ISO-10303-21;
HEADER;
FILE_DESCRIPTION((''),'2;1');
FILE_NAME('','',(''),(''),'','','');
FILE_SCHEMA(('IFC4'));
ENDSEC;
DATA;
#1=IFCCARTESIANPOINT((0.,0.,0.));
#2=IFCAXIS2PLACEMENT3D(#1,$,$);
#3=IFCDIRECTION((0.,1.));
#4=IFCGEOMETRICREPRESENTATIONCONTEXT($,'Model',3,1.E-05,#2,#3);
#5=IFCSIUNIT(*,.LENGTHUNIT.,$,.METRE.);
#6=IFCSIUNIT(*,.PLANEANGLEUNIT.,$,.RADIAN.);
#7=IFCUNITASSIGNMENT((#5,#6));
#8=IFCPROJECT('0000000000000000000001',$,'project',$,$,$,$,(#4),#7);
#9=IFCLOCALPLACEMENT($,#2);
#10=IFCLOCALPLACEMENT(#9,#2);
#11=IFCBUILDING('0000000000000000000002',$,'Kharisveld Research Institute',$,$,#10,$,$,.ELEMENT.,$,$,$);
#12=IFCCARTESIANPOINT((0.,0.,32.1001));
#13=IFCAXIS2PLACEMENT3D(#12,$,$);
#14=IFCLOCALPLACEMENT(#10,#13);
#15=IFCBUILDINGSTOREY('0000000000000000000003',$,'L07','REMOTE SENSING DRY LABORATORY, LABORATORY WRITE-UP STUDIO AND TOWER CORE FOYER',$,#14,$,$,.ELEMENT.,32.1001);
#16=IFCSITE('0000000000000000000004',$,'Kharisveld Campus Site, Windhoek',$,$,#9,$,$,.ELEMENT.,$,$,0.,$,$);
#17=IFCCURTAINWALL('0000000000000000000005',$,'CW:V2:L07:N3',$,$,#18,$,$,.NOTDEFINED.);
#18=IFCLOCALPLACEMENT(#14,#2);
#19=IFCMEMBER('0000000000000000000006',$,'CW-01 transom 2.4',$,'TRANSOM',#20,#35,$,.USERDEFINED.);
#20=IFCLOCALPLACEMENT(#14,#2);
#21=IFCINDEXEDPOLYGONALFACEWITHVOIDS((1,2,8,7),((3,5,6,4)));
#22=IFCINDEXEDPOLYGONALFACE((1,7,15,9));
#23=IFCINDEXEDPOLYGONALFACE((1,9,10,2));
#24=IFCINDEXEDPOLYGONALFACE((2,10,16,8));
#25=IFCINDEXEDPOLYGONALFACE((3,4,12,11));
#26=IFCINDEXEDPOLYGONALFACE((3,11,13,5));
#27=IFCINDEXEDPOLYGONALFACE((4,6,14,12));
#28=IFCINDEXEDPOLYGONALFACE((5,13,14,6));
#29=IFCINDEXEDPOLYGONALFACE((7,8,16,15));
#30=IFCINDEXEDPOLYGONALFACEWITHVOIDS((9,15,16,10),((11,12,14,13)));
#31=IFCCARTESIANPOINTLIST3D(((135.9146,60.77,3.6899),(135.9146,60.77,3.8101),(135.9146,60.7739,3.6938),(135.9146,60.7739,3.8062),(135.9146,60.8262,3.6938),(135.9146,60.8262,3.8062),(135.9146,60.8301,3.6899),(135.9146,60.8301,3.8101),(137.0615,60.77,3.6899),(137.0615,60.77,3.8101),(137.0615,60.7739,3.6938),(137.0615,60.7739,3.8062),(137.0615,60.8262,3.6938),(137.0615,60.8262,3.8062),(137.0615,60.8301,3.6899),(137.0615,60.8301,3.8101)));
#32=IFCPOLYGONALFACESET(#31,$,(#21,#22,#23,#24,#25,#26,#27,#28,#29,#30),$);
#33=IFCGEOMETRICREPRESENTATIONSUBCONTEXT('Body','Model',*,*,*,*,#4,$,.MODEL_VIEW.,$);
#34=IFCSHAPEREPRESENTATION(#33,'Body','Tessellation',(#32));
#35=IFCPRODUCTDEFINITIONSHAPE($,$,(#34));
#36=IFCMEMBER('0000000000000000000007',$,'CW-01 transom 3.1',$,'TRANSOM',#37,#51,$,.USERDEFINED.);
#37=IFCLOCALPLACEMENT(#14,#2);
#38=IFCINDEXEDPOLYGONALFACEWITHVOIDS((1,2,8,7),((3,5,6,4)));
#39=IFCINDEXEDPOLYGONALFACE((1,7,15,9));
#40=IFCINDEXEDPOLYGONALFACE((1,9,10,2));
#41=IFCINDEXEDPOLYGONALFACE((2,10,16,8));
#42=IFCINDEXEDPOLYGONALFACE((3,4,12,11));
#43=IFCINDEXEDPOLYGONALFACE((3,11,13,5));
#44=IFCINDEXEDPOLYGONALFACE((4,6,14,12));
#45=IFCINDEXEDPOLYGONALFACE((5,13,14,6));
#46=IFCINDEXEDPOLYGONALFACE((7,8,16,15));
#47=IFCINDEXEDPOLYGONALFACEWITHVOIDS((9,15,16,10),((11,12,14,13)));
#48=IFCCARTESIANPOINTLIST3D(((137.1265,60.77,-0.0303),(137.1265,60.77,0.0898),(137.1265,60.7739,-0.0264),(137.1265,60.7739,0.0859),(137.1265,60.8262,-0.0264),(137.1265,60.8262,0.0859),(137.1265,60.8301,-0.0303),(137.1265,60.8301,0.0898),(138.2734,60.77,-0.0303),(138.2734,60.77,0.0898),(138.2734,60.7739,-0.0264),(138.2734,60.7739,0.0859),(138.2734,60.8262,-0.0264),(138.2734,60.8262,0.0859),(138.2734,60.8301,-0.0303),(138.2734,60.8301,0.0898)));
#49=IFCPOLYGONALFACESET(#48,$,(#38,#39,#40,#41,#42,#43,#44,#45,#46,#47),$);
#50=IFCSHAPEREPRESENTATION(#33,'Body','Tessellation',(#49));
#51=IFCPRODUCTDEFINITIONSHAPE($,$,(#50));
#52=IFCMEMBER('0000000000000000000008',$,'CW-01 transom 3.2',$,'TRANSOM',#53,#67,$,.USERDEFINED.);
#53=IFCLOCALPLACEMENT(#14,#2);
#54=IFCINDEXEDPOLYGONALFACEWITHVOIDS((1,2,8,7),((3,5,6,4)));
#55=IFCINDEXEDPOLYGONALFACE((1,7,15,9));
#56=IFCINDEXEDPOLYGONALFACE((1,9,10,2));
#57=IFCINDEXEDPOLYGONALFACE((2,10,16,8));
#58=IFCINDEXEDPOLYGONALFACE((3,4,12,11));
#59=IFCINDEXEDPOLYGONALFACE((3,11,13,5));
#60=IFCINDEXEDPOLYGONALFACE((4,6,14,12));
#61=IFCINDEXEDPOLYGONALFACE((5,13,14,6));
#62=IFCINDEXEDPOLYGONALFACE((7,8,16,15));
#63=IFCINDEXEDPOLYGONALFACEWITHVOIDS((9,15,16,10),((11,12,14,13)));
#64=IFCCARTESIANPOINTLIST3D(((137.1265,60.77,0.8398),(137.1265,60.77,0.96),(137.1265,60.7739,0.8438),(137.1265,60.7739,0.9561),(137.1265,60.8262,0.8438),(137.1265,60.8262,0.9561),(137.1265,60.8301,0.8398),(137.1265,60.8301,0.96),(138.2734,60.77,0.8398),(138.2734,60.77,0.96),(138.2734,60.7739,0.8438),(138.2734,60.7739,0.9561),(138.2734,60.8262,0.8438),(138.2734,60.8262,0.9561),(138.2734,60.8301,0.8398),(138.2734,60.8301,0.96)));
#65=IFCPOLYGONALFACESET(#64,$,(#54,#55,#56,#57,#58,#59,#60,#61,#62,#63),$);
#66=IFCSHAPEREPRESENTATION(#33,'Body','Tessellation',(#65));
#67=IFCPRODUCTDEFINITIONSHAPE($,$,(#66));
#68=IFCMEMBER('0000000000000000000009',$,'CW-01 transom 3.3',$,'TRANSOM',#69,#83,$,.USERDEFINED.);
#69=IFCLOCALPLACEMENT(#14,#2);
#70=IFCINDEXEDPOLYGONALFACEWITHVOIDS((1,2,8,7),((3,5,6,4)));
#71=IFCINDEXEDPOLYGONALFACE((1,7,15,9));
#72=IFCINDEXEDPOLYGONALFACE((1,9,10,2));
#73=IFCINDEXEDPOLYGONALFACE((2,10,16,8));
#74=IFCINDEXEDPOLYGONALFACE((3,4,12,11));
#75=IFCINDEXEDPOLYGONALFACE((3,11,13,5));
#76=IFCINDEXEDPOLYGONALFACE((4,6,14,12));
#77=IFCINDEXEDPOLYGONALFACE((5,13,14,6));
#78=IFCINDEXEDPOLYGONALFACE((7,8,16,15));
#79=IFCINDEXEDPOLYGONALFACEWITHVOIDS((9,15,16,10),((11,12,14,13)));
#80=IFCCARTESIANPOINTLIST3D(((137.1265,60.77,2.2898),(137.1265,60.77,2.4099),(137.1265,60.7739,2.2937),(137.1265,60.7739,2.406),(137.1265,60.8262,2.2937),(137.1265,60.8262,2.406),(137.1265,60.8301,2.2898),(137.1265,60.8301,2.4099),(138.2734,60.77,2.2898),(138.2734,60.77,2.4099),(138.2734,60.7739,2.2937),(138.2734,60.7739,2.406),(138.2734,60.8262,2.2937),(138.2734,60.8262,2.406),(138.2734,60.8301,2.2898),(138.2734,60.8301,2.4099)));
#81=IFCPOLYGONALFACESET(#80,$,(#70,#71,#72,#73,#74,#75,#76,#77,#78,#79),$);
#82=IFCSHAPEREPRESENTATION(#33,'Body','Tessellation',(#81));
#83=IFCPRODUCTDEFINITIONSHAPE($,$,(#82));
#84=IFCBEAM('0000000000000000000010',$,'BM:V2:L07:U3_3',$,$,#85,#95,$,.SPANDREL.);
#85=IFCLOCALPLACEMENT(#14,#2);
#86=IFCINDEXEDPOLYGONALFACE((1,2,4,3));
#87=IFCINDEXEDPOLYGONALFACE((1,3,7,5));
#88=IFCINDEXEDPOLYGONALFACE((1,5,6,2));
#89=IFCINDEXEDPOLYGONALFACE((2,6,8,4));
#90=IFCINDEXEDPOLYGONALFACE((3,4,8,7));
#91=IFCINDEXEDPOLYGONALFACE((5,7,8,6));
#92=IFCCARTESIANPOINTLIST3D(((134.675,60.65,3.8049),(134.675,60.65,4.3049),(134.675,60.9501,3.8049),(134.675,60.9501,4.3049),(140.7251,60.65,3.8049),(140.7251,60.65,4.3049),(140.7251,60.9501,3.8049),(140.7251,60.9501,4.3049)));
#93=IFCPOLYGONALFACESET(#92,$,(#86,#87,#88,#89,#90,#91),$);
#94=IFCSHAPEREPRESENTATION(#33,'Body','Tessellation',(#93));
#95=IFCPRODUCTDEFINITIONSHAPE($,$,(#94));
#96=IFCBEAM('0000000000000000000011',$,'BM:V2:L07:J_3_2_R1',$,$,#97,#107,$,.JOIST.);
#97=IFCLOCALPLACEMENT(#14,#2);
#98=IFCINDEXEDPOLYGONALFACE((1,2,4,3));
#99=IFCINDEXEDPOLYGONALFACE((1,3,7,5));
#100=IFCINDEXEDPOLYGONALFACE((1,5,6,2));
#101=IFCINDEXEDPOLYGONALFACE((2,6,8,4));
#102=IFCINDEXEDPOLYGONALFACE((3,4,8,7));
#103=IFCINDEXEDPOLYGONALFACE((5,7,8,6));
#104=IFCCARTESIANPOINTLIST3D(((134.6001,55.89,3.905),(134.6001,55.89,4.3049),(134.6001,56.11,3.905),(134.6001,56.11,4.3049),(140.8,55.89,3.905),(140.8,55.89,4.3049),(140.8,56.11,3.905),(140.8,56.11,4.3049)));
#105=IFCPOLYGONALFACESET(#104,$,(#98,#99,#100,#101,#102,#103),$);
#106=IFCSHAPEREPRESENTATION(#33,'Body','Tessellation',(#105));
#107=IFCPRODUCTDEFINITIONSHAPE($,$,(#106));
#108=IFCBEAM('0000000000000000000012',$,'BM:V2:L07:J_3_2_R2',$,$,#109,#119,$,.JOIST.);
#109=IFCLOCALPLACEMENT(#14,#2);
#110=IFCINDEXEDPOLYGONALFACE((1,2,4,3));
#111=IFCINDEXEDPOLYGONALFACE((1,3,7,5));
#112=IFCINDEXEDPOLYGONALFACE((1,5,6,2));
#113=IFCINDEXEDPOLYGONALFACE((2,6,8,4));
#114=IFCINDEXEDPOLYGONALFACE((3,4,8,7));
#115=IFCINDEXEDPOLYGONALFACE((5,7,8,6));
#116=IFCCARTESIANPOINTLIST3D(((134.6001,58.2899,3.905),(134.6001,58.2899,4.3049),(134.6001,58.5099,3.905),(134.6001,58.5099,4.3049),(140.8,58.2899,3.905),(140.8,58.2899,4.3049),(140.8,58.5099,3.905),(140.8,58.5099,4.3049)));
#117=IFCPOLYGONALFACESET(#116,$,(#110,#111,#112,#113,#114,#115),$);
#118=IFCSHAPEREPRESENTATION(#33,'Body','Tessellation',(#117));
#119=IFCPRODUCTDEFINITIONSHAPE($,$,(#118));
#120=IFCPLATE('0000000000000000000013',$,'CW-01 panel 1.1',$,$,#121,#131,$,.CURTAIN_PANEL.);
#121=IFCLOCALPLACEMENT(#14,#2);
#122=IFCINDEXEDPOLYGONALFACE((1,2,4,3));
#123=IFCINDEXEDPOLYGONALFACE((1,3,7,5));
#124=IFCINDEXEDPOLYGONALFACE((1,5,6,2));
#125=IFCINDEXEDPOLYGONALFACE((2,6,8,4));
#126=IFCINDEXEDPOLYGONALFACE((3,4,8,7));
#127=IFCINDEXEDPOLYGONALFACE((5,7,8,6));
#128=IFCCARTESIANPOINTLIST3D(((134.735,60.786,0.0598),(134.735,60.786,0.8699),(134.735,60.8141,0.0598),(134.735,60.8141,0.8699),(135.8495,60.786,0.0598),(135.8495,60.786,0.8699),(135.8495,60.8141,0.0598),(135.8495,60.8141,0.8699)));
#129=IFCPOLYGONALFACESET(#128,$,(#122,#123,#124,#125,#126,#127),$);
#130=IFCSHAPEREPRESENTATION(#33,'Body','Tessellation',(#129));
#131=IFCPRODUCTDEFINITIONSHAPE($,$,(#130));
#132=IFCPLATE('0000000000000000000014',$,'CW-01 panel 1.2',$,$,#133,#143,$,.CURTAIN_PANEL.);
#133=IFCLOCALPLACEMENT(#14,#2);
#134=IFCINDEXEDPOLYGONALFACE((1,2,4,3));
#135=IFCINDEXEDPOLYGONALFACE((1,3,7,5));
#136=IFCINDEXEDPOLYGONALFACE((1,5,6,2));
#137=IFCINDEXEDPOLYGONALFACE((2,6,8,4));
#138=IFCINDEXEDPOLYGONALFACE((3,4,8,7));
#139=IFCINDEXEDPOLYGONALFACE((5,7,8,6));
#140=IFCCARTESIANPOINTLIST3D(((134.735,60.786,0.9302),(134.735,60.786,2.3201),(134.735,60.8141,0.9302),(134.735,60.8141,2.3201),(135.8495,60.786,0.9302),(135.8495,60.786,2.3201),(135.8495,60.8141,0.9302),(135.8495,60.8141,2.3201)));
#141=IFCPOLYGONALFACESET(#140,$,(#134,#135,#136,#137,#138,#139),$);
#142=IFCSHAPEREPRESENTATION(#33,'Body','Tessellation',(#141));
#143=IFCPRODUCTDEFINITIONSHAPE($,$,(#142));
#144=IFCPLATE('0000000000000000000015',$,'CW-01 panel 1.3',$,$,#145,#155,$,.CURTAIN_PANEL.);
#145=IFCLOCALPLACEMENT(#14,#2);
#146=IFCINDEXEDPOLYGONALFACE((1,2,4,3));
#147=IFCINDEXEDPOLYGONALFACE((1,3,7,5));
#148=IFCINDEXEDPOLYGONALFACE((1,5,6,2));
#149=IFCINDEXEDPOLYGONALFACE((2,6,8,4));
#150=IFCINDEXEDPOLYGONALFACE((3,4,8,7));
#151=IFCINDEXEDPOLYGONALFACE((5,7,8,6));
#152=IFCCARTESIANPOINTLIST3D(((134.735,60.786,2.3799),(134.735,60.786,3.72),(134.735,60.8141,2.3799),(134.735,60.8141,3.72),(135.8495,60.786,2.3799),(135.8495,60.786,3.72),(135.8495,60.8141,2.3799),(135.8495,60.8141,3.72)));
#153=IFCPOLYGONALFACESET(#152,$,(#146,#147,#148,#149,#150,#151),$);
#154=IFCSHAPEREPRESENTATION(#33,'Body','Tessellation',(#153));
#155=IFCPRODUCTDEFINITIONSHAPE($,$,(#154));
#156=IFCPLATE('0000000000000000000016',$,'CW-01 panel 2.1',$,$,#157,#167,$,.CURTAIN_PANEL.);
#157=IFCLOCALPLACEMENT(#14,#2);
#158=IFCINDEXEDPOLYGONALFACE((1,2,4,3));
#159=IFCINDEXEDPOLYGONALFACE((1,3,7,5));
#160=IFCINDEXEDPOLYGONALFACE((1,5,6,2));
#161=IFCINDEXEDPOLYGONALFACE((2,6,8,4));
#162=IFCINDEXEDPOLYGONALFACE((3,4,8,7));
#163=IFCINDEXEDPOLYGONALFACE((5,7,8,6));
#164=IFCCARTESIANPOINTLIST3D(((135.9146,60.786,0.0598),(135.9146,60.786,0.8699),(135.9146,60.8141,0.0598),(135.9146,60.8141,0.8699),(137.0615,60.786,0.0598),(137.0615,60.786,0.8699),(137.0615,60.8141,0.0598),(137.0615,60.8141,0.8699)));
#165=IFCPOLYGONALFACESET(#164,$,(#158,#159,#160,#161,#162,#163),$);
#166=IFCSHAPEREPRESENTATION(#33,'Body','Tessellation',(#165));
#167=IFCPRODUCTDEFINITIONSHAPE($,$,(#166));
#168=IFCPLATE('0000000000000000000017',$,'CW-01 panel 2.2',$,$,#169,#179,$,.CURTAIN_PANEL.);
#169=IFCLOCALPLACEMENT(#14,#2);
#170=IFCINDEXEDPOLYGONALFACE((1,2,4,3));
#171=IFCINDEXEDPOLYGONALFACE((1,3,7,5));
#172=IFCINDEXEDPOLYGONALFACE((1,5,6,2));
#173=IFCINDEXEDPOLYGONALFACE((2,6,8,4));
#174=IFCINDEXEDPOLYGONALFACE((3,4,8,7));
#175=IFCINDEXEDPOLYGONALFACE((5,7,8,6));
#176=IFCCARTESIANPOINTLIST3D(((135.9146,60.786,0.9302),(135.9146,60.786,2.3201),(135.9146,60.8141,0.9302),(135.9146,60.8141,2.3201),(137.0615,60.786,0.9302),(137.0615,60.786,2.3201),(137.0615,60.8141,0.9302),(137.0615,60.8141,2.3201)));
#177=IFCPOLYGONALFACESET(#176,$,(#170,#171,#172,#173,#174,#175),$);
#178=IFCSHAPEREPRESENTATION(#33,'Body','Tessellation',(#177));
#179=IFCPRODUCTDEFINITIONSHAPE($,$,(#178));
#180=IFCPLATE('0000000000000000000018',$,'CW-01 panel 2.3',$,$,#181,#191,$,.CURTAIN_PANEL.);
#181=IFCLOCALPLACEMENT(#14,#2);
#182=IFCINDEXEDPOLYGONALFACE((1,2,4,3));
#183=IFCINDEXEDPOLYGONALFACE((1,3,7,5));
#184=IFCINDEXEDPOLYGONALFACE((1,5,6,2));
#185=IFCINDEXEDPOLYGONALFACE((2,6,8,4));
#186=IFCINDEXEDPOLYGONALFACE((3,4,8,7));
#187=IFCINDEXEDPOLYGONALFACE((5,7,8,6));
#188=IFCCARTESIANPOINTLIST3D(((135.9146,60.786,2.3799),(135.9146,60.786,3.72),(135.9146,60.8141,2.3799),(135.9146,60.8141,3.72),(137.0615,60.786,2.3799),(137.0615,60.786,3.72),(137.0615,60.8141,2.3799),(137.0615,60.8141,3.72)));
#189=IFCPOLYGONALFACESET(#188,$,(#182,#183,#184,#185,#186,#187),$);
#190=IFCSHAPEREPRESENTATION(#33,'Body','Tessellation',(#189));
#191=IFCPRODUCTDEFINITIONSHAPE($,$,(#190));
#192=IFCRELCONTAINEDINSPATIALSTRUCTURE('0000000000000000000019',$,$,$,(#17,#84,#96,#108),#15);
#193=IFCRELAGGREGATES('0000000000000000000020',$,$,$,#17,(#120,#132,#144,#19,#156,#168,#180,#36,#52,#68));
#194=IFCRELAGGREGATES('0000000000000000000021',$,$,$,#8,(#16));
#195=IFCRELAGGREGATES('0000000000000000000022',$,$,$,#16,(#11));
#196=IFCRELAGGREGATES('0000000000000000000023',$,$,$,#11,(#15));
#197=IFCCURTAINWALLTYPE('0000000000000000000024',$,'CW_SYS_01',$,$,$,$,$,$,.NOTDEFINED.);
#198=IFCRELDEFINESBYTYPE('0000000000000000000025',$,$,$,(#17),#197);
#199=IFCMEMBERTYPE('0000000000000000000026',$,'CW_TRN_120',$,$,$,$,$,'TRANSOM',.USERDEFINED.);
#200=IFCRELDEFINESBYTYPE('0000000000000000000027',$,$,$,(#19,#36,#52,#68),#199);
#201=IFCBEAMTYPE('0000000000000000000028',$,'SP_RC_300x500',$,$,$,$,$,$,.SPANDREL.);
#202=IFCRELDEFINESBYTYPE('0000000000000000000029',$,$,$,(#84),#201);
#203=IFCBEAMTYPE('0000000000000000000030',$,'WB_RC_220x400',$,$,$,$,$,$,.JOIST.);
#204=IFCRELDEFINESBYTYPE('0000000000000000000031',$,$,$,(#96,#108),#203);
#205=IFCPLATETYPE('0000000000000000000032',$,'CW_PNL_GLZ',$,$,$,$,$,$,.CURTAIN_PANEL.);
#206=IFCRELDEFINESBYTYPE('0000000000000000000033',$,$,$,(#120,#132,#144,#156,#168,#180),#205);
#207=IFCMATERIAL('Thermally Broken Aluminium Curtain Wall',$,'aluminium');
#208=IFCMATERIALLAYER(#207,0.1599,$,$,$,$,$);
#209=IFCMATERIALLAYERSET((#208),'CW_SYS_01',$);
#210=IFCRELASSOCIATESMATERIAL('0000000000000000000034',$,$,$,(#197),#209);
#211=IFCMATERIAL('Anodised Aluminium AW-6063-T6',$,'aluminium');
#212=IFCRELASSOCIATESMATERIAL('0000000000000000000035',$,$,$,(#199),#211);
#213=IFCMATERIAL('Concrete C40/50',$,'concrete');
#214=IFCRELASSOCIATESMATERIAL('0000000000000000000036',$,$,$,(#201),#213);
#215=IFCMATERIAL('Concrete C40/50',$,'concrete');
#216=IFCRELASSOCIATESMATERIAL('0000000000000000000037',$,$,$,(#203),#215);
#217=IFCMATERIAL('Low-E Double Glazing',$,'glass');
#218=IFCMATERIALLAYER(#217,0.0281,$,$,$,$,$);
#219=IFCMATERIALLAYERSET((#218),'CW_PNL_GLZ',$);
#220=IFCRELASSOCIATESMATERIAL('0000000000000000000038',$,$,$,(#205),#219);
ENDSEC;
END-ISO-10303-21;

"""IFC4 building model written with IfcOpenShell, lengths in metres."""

from ifc_helpers import new_model, si_unit, direction, frame, origin, origin_2d, place, context, subcontext, project, spatial, rectangle, hollow_rectangle, extrude, material, layer, layer_set, material_profile, profile_set, type_object, element, aggregate, save


model = new_model("IFC4")

# Units and contexts
model_context = context("Model", 3, precision=1e-05, world=origin(), true_north=direction((0.0, 1.0)))
body_context = subcontext(model_context, "Body", "Model", "MODEL_VIEW")
ifc_project = project(units=[si_unit("LENGTHUNIT", "METRE"), si_unit("PLANEANGLEUNIT", "RADIAN")], contexts=[model_context])

# Site, building, storey
site_placement = place(None, origin())
site = spatial("IfcSite", under=ifc_project, at=site_placement, Name="Kharisveld Campus Site, Windhoek", CompositionType="ELEMENT", RefElevation=0.0)
building_placement = place(site_placement, origin())
building = spatial("IfcBuilding", under=site, at=building_placement, Name="Kharisveld Research Institute", CompositionType="ELEMENT")
storey_placement = place(building_placement, frame((0.0, 0.0, 32.1001)))
storey = spatial("IfcBuildingStorey", under=building, at=storey_placement, Name="L07", Description="REMOTE SENSING DRY LABORATORY, LABORATORY WRITE-UP STUDIO AND TOWER CORE FOYER", CompositionType="ELEMENT", Elevation=32.1001)

# Curtain wall, members
ifc_material_1 = material(Name="Thermally Broken Aluminium Curtain Wall", Category="aluminium")
ifc_layer_1 = layer(ifc_material_1, 0.1599)
ifc_layer_set_1 = layer_set([ifc_layer_1], Name="CW_SYS_01")
curtain_wall_type = type_object("IfcCurtainWallType", Name="CW_SYS_01", PredefinedType="NOTDEFINED", material=ifc_layer_set_1)
curtain_wall_placement = place(storey_placement, origin())
curtain_wall = element("IfcCurtainWall", 1, at=curtain_wall_placement, inside=storey, type_object=curtain_wall_type, Name="CW:V2:L07:N3", PredefinedType="NOTDEFINED")
ifc_material_2 = material(Name="Anodised Aluminium AW-6063-T6", Category="aluminium")
ifc_material_profile_1 = material_profile(ifc_material_2, hollow_rectangle(XDim=0.0601, YDim=0.1201, WallThickness=0.0039, at=origin_2d()))
ifc_profile_set_1 = profile_set([ifc_material_profile_1], Name="Anodised Aluminium AW-6063-T6")
member_type_1 = type_object("IfcMemberType", Name="CW_TRN_120", ElementType="TRANSOM", PredefinedType="USERDEFINED", material=ifc_profile_set_1)
member_1_placement = place(storey_placement, frame((135.9146, 60.8, 3.75), z_axis=(1.0, 0.0, 0.0), x_axis=(0.0, 1.0, 0.0)))
member_1 = element("IfcMember", 2, at=member_1_placement, type_object=member_type_1, Name="CW-01 transom 2.4", ObjectType="TRANSOM", PredefinedType="USERDEFINED", context=body_context, shape_type="SweptSolid", body=[
    extrude(hollow_rectangle(XDim=0.0601, YDim=0.1201, WallThickness=0.0039, at=origin_2d()), origin(), (0.0, 0.0, 1.0), 1.147),
])
member_2_placement = place(storey_placement, frame((137.1265, 60.8, 0.0298), z_axis=(1.0, 0.0, 0.0), x_axis=(0.0, 1.0, 0.0)))
member_2 = element("IfcMember", 3, at=member_2_placement, type_object=member_type_1, Name="CW-01 transom 3.1", ObjectType="TRANSOM", PredefinedType="USERDEFINED", context=body_context, shape_type="SweptSolid", body=[
    extrude(hollow_rectangle(XDim=0.0601, YDim=0.1201, WallThickness=0.0039, at=origin_2d()), origin(), (0.0, 0.0, 1.0), 1.147),
])
member_3_placement = place(storey_placement, frame((137.1265, 60.8, 0.8999), z_axis=(1.0, 0.0, 0.0), x_axis=(0.0, 1.0, 0.0)))
member_3 = element("IfcMember", 4, at=member_3_placement, type_object=member_type_1, Name="CW-01 transom 3.2", ObjectType="TRANSOM", PredefinedType="USERDEFINED", context=body_context, shape_type="SweptSolid", body=[
    extrude(hollow_rectangle(XDim=0.0601, YDim=0.1201, WallThickness=0.0039, at=origin_2d()), origin(), (0.0, 0.0, 1.0), 1.147),
])
member_4_placement = place(storey_placement, frame((137.1265, 60.8, 2.3499), z_axis=(1.0, 0.0, 0.0), x_axis=(0.0, 1.0, 0.0)))
member_4 = element("IfcMember", 5, at=member_4_placement, type_object=member_type_1, Name="CW-01 transom 3.3", ObjectType="TRANSOM", PredefinedType="USERDEFINED", context=body_context, shape_type="SweptSolid", body=[
    extrude(hollow_rectangle(XDim=0.0601, YDim=0.1201, WallThickness=0.0039, at=origin_2d()), origin(), (0.0, 0.0, 1.0), 1.147),
])

# Beams
ifc_material_3 = material(Name="Concrete C40/50", Category="concrete")
ifc_material_profile_2 = material_profile(ifc_material_3, rectangle(XDim=0.3, YDim=0.5, at=origin_2d()))
ifc_profile_set_2 = profile_set([ifc_material_profile_2], Name="Concrete C40/50")
beam_type_1 = type_object("IfcBeamType", Name="SP_RC_300x500", PredefinedType="SPANDREL", material=ifc_profile_set_2)
beam_placement = place(storey_placement, frame((134.675, 60.8, 4.0549), z_axis=(1.0, 0.0, 0.0), x_axis=(0.0, 1.0, 0.0)))
element("IfcBeam", 6, at=beam_placement, inside=storey, type_object=beam_type_1, Name="BM:V2:L07:U3_3", PredefinedType="SPANDREL", context=body_context, shape_type="SweptSolid", body=[
    extrude(rectangle(XDim=0.3, YDim=0.5, at=origin_2d()), origin(), (0.0, 0.0, 1.0), 6.05),
])
ifc_material_4 = material(Name="Concrete C40/50", Category="concrete")
ifc_material_profile_3 = material_profile(ifc_material_4, rectangle(XDim=0.22, YDim=0.3999, at=origin_2d()))
ifc_profile_set_3 = profile_set([ifc_material_profile_3], Name="Concrete C40/50")
beam_type_2 = type_object("IfcBeamType", Name="WB_RC_220x400", PredefinedType="JOIST", material=ifc_profile_set_3)
for number, where, z_axis, x_axis, name in (
    (7, (134.6001, 56.0, 4.105), (1.0, 0.0, 0.0), (0.0, 1.0, 0.0), "BM:V2:L07:J_3_2_R1"),
    (8, (134.6001, 58.3999, 4.105), (1.0, 0.0, 0.0), (0.0, 1.0, 0.0), "BM:V2:L07:J_3_2_R2"),
):
    element("IfcBeam", number, at=place(storey_placement, frame(where, z_axis=z_axis, x_axis=x_axis)), inside=storey, type_object=beam_type_2, Name=name, PredefinedType="JOIST", context=body_context, shape_type="SweptSolid", body=[
        extrude(rectangle(XDim=0.22, YDim=0.3999, at=origin_2d()), origin(), (0.0, 0.0, 1.0), 6.2),
    ])

# Plates
ifc_material_5 = material(Name="Low-E Double Glazing", Category="glass")
ifc_layer_2 = layer(ifc_material_5, 0.0281)
ifc_layer_set_2 = layer_set([ifc_layer_2], Name="CW_PNL_GLZ")
plate_type = type_object("IfcPlateType", Name="CW_PNL_GLZ", PredefinedType="CURTAIN_PANEL", material=ifc_layer_set_2)
plate_1_placement = place(storey_placement, frame((135.2922, 60.8, 0.0598), z_axis=(0.0, 0.0, 1.0), x_axis=(1.0, 0.0, 0.0)))
plate_1 = element("IfcPlate", 9, at=plate_1_placement, type_object=plate_type, Name="CW-01 panel 1.1", PredefinedType="CURTAIN_PANEL", context=body_context, shape_type="SweptSolid", body=[
    extrude(rectangle(XDim=1.1145, YDim=0.0281, at=origin_2d()), origin(), (0.0, 0.0, 1.0), 0.8101),
])
plate_2_placement = place(storey_placement, frame((135.2922, 60.8, 0.9302), z_axis=(0.0, 0.0, 1.0), x_axis=(1.0, 0.0, 0.0)))
plate_2 = element("IfcPlate", 10, at=plate_2_placement, type_object=plate_type, Name="CW-01 panel 1.2", PredefinedType="CURTAIN_PANEL", context=body_context, shape_type="SweptSolid", body=[
    extrude(rectangle(XDim=1.1145, YDim=0.0281, at=origin_2d()), origin(), (0.0, 0.0, 1.0), 1.3899),
])
plate_3_placement = place(storey_placement, frame((135.2922, 60.8, 2.3799), z_axis=(0.0, 0.0, 1.0), x_axis=(1.0, 0.0, 0.0)))
plate_3 = element("IfcPlate", 11, at=plate_3_placement, type_object=plate_type, Name="CW-01 panel 1.3", PredefinedType="CURTAIN_PANEL", context=body_context, shape_type="SweptSolid", body=[
    extrude(rectangle(XDim=1.1145, YDim=0.0281, at=origin_2d()), origin(), (0.0, 0.0, 1.0), 1.3401),
])
plate_4_placement = place(storey_placement, frame((136.488, 60.8, 0.0598), z_axis=(0.0, 0.0, 1.0), x_axis=(1.0, 0.0, 0.0)))
plate_4 = element("IfcPlate", 12, at=plate_4_placement, type_object=plate_type, Name="CW-01 panel 2.1", PredefinedType="CURTAIN_PANEL", context=body_context, shape_type="SweptSolid", body=[
    extrude(rectangle(XDim=1.147, YDim=0.0281, at=origin_2d()), origin(), (0.0, 0.0, 1.0), 0.8101),
])
plate_5_placement = place(storey_placement, frame((136.488, 60.8, 0.9302), z_axis=(0.0, 0.0, 1.0), x_axis=(1.0, 0.0, 0.0)))
plate_5 = element("IfcPlate", 13, at=plate_5_placement, type_object=plate_type, Name="CW-01 panel 2.2", PredefinedType="CURTAIN_PANEL", context=body_context, shape_type="SweptSolid", body=[
    extrude(rectangle(XDim=1.147, YDim=0.0281, at=origin_2d()), origin(), (0.0, 0.0, 1.0), 1.3899),
])
plate_6_placement = place(storey_placement, frame((136.488, 60.8, 2.3799), z_axis=(0.0, 0.0, 1.0), x_axis=(1.0, 0.0, 0.0)))
plate_6 = element("IfcPlate", 14, at=plate_6_placement, type_object=plate_type, Name="CW-01 panel 2.3", PredefinedType="CURTAIN_PANEL", context=body_context, shape_type="SweptSolid", body=[
    extrude(rectangle(XDim=1.147, YDim=0.0281, at=origin_2d()), origin(), (0.0, 0.0, 1.0), 1.3401),
])
aggregate(curtain_wall, [plate_1, plate_2, plate_3, member_1, plate_4, plate_5, plate_6, member_2, member_3, member_4])

save(model, "model.ifc")
